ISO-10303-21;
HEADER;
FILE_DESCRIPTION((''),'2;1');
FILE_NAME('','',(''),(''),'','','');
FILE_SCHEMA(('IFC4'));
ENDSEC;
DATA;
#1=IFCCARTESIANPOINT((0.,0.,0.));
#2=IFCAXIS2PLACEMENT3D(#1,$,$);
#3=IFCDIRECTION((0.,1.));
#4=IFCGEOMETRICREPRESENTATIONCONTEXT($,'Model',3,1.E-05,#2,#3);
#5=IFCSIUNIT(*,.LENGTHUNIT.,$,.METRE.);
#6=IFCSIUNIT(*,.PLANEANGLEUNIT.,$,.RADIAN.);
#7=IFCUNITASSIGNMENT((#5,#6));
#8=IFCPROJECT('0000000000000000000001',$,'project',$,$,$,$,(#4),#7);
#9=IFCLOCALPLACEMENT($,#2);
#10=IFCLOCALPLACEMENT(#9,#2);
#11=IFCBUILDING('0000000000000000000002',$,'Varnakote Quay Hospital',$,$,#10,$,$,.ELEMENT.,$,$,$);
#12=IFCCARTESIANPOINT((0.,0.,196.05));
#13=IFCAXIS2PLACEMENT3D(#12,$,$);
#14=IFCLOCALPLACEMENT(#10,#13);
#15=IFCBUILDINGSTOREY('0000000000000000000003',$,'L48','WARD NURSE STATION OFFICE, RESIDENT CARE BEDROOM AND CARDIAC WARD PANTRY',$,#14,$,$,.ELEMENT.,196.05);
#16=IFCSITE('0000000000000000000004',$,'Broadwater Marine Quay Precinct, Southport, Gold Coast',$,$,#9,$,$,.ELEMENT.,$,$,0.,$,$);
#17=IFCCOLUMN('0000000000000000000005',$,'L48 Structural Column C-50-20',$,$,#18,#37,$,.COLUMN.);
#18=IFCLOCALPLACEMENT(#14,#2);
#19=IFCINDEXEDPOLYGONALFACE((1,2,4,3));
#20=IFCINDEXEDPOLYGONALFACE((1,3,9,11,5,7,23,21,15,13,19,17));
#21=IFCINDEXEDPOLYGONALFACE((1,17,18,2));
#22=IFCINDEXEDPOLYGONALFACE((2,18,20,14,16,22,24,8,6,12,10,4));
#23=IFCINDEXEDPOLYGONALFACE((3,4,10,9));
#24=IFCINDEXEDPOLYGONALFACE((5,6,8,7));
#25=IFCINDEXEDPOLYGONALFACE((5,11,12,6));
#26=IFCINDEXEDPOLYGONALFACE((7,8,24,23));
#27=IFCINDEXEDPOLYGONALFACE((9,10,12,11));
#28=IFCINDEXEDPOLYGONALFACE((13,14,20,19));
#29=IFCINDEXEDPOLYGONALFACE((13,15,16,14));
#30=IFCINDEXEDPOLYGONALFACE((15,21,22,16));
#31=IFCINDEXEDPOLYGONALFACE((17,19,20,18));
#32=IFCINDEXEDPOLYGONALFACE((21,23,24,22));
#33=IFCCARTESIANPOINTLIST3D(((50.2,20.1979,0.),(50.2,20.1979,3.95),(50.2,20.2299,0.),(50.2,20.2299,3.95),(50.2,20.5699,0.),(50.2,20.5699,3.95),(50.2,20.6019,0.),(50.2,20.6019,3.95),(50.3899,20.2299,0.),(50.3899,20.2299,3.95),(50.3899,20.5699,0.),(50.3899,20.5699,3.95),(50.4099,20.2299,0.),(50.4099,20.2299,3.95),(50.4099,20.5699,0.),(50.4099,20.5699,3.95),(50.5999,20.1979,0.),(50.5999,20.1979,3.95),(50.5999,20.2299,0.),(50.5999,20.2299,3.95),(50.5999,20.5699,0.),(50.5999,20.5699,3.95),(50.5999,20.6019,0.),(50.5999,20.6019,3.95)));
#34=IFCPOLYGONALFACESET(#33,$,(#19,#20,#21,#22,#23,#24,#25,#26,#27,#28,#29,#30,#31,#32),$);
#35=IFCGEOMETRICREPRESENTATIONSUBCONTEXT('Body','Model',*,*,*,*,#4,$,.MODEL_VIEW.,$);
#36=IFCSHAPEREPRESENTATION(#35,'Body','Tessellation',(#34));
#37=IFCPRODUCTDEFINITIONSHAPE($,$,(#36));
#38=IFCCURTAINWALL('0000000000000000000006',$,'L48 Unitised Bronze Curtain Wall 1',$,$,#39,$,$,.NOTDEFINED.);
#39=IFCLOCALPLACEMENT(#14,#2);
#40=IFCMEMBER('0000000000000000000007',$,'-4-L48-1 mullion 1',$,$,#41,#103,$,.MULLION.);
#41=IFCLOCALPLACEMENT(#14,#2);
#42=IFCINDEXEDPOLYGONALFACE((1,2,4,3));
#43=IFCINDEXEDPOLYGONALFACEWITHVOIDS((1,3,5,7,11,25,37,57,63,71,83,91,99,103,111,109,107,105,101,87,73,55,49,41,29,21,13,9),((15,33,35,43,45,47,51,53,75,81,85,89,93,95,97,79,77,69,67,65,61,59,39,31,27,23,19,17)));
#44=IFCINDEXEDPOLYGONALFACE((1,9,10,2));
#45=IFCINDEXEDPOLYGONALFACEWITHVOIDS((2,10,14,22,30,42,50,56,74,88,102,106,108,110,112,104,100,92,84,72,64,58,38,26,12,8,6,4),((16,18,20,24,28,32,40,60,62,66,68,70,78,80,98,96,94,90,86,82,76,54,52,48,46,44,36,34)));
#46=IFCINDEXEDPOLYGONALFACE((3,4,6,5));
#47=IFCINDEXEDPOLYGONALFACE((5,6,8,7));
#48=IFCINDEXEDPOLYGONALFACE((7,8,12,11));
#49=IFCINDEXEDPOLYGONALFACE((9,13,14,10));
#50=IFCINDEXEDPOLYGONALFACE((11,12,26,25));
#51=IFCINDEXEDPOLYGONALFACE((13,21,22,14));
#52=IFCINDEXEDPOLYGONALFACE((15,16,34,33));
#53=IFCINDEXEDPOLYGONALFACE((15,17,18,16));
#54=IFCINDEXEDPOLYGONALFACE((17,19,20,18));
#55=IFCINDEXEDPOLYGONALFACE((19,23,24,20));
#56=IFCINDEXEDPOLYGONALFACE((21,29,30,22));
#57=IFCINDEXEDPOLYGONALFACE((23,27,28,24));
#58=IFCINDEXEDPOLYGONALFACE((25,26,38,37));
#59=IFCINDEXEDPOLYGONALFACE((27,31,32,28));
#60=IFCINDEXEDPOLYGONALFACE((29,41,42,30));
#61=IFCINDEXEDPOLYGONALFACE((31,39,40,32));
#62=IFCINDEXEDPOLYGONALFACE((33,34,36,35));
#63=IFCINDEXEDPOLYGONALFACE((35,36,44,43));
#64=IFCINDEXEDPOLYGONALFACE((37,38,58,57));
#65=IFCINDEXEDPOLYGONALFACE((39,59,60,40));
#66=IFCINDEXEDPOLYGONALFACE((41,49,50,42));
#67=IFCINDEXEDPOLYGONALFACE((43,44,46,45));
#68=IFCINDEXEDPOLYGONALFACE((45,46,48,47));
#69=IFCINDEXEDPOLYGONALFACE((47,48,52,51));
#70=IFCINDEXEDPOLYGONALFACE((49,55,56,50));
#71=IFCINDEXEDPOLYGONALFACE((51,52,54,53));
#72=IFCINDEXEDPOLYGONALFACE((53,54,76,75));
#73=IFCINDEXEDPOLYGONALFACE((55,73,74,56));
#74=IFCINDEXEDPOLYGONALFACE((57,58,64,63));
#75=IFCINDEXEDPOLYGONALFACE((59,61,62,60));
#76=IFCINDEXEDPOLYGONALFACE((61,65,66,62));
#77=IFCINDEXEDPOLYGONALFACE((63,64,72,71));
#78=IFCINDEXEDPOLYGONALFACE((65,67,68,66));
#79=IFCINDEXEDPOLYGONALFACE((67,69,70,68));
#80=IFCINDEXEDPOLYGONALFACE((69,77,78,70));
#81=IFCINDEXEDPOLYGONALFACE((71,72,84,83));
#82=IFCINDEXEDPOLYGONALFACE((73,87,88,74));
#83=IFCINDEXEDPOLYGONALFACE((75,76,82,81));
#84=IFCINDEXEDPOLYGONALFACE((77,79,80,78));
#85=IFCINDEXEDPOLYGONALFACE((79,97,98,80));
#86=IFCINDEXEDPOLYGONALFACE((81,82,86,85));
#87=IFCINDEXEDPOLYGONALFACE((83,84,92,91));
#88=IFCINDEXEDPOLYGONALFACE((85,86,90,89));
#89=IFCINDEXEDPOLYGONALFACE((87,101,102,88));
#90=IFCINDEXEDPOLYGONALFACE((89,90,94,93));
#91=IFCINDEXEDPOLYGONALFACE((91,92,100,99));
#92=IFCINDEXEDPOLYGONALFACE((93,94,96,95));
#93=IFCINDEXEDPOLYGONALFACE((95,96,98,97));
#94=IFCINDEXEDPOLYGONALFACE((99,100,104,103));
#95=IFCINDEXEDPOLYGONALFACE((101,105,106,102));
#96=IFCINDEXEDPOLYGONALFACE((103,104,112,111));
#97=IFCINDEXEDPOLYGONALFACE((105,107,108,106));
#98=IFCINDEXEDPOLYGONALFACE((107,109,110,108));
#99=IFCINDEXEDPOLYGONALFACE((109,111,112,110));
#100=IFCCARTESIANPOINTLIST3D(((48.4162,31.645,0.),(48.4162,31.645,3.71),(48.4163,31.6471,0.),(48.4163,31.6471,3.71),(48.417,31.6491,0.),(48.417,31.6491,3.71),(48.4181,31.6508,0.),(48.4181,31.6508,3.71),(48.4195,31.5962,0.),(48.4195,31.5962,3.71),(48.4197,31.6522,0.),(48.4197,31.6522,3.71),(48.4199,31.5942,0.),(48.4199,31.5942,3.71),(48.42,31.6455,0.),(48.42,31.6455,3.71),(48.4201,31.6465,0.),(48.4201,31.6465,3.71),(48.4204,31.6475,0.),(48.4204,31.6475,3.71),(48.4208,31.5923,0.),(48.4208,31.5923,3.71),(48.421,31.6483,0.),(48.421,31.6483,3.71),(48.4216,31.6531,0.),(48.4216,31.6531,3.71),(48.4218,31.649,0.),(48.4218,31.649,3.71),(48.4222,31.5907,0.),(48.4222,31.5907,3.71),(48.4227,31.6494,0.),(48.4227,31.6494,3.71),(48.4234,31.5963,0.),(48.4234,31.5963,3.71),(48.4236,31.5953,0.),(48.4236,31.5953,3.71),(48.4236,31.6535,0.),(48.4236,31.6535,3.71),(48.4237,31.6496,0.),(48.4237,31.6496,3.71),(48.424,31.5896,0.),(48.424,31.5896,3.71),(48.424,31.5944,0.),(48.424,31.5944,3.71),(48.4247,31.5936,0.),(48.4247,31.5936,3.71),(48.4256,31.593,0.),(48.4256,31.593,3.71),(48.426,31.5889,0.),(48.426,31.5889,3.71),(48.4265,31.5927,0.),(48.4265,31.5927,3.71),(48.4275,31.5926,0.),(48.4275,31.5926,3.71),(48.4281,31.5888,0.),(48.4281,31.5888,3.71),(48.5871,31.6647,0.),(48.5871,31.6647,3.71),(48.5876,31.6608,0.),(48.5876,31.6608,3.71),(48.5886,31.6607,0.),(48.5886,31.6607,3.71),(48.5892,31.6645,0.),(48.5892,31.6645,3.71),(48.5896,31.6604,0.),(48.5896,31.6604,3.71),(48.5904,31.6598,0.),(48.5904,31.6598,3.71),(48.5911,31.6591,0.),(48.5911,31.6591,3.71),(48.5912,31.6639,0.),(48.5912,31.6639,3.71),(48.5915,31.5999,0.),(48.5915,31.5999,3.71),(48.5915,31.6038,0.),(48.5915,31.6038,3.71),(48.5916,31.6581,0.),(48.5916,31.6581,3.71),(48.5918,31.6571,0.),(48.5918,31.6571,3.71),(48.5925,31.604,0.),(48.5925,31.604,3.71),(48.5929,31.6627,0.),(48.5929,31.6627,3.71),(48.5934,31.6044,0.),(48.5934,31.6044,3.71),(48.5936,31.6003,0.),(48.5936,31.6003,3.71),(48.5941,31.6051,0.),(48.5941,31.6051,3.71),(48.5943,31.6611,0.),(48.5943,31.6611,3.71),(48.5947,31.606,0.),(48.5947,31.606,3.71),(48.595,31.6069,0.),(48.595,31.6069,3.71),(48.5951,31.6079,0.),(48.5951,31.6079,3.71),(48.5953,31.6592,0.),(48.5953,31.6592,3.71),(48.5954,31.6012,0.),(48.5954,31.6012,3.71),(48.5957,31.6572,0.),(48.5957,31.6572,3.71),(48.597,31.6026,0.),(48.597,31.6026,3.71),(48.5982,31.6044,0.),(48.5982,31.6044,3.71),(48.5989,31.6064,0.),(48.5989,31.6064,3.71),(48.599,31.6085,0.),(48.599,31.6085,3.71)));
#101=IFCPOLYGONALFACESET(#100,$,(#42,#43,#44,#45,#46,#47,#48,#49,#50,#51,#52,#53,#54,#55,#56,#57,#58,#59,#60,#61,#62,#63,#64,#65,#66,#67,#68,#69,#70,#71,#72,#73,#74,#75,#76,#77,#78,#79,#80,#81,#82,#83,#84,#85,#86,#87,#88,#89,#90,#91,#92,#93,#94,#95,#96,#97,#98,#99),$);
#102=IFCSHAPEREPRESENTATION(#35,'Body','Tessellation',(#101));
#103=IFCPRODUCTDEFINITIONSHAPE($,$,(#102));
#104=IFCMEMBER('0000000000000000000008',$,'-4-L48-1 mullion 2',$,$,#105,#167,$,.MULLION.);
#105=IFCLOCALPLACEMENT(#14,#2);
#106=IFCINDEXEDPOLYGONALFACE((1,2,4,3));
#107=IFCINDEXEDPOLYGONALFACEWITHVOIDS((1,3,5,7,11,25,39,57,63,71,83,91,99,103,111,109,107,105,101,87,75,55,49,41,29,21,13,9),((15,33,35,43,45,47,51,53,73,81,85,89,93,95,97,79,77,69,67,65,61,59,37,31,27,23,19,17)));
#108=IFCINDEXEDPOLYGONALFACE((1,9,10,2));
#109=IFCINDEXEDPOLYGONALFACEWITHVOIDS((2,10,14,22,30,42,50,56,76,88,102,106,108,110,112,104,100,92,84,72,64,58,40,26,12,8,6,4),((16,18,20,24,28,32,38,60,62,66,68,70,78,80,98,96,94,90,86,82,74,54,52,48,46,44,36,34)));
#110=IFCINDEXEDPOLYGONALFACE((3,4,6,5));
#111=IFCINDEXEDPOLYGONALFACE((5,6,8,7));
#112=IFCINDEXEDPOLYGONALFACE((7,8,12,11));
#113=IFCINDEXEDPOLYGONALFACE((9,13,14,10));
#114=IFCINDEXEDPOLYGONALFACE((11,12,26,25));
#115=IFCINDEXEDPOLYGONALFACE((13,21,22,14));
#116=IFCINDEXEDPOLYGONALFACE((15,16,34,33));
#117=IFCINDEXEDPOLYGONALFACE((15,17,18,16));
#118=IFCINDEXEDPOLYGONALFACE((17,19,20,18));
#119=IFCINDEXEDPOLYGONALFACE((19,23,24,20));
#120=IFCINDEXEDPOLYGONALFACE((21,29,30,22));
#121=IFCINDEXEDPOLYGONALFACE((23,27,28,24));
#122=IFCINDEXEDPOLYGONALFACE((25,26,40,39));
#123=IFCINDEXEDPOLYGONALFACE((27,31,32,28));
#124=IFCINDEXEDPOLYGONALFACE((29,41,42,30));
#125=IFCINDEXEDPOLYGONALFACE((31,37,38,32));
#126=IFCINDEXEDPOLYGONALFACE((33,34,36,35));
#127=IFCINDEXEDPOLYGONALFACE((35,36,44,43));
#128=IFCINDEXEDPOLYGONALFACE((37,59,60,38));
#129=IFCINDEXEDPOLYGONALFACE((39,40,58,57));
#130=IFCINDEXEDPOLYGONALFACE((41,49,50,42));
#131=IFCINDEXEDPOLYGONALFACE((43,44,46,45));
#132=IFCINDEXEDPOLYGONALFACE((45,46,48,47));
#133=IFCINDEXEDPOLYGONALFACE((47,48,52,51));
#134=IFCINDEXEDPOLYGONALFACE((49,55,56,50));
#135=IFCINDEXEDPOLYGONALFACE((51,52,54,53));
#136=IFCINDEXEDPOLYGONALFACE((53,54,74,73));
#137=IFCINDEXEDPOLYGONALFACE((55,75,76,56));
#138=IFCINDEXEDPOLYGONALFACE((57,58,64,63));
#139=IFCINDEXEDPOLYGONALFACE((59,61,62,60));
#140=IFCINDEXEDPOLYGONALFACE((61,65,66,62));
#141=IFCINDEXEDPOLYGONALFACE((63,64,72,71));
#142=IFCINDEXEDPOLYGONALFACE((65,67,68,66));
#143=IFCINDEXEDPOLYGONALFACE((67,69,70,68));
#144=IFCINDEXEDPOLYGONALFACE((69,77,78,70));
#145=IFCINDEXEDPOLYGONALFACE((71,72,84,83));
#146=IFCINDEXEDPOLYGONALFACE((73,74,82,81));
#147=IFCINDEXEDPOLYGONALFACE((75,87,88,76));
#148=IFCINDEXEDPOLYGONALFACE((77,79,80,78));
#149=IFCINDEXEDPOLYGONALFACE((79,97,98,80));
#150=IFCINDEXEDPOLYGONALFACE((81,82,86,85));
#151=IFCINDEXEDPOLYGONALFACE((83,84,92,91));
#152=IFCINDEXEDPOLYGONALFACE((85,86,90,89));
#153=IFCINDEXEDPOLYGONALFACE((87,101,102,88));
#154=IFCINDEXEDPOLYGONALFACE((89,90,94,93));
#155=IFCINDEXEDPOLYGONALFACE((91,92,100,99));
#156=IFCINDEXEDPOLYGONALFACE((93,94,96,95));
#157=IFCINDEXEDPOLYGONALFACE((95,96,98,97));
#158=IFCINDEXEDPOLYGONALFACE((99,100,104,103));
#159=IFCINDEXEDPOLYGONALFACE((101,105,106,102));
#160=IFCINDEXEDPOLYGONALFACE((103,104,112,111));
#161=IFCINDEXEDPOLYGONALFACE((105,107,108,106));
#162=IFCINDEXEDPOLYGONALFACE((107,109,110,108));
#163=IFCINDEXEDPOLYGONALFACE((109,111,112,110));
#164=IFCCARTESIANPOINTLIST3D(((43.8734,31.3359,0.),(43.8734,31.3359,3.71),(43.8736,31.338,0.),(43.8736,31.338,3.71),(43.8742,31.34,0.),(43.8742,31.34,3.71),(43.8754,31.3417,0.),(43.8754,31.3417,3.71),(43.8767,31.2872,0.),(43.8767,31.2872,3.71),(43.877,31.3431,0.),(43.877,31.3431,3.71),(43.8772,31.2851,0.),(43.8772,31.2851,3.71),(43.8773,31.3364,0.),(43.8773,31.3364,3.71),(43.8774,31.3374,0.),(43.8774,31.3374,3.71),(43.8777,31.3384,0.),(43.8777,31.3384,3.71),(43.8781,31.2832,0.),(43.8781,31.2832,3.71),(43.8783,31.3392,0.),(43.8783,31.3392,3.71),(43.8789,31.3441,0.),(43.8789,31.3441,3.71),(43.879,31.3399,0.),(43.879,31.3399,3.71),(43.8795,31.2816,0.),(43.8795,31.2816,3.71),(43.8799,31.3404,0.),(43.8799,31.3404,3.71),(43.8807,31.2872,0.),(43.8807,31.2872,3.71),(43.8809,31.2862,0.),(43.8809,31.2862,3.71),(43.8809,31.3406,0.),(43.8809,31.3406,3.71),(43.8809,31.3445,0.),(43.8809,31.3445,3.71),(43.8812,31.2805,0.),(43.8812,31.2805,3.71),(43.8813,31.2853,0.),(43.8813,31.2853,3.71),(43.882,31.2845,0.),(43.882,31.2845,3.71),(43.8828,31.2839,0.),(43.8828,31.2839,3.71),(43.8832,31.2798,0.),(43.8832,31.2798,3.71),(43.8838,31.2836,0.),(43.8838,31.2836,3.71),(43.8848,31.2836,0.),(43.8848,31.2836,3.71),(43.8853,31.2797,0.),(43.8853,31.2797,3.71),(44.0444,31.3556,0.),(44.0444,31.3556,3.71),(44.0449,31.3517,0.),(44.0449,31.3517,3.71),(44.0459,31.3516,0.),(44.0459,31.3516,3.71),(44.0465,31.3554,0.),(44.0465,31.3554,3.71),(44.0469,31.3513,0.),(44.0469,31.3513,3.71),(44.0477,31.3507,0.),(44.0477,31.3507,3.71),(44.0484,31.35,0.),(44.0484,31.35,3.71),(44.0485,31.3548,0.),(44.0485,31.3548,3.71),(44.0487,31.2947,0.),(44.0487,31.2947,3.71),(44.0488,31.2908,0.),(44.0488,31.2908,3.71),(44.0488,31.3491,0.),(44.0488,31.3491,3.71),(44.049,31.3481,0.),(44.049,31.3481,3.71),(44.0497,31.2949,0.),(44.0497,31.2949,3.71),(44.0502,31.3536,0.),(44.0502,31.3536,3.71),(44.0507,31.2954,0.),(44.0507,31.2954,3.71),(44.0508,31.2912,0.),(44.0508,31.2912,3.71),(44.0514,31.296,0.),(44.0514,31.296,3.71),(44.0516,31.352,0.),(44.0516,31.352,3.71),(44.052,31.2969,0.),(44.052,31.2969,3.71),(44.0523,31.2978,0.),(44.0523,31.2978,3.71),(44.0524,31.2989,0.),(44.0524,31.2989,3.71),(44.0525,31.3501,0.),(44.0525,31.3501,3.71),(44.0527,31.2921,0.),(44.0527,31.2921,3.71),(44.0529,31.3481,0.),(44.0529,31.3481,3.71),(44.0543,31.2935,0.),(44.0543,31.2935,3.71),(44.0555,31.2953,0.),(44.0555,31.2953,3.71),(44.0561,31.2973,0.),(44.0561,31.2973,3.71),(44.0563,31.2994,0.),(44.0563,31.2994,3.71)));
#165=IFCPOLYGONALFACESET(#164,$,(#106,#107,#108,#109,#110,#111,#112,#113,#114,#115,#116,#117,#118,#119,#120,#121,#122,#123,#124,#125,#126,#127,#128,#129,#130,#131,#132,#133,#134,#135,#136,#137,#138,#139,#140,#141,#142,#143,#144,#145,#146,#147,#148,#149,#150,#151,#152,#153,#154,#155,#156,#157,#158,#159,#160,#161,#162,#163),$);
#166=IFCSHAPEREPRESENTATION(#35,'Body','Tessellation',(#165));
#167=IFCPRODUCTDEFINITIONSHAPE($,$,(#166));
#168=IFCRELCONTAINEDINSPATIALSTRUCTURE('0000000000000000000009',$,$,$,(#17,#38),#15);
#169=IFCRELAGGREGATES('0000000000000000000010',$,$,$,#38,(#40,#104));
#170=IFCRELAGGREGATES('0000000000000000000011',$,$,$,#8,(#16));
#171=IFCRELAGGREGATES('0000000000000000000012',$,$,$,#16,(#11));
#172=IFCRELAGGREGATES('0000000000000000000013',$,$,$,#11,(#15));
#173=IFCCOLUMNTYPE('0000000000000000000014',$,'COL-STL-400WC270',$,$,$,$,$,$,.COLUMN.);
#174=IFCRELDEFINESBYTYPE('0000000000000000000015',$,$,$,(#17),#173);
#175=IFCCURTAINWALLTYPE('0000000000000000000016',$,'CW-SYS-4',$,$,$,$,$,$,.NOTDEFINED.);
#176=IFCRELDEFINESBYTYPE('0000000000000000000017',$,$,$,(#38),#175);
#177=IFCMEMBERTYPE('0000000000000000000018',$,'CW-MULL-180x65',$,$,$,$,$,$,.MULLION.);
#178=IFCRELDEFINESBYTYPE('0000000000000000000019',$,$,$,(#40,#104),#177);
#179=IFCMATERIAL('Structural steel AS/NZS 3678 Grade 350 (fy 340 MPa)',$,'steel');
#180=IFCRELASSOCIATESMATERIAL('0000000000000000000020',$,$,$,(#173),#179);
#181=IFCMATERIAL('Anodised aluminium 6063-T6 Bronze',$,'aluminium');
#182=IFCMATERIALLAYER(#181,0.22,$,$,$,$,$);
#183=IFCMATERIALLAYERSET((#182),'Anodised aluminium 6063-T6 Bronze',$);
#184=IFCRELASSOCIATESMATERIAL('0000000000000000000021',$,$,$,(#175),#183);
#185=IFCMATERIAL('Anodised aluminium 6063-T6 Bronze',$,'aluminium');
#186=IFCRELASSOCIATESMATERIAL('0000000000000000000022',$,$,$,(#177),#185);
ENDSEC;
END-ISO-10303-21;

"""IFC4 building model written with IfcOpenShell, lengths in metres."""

from ifc_helpers import new_model, si_unit, direction, frame, origin, origin_2d, place, context, subcontext, project, spatial, hollow_rectangle, i_section, extrude, material, layer, layer_set, material_profile, profile_set, type_object, element, aggregate, save


model = new_model("IFC4")

# Units and contexts
model_context = context("Model", 3, precision=1e-05, world=origin(), true_north=direction((0.0, 1.0)))
body_context = subcontext(model_context, "Body", "Model", "MODEL_VIEW")
ifc_project = project(units=[si_unit("LENGTHUNIT", "METRE"), si_unit("PLANEANGLEUNIT", "RADIAN")], contexts=[model_context])

# Site, building, storey
site_placement = place(None, origin())
site = spatial("IfcSite", under=ifc_project, at=site_placement, Name="Broadwater Marine Quay Precinct, Southport, Gold Coast", CompositionType="ELEMENT", RefElevation=0.0)
building_placement = place(site_placement, origin())
building = spatial("IfcBuilding", under=site, at=building_placement, Name="Varnakote Quay Hospital", CompositionType="ELEMENT")
storey_placement = place(building_placement, frame((0.0, 0.0, 196.05)))
storey = spatial("IfcBuildingStorey", under=building, at=storey_placement, Name="L48", Description="WARD NURSE STATION OFFICE, RESIDENT CARE BEDROOM AND CARDIAC WARD PANTRY", CompositionType="ELEMENT", Elevation=196.05)

# Column
ifc_material_1 = material(Name="Structural steel AS/NZS 3678 Grade 350 (fy 340 MPa)", Category="steel")
ifc_material_profile_1 = material_profile(ifc_material_1, i_section(OverallWidth=0.3999, OverallDepth=0.4041, WebThickness=0.02, FlangeThickness=0.032, at=origin_2d()), Name="400WC270")
ifc_profile_set_1 = profile_set([ifc_material_profile_1], Name="Structural steel AS/NZS 3678 Grade 350 (fy 340 MPa)")
column_type = type_object("IfcColumnType", Name="COL-STL-400WC270", PredefinedType="COLUMN", material=ifc_profile_set_1)
column_placement = place(storey_placement, frame((50.3999, 20.3999, 0.0), z_axis=(0.0, 0.0, 1.0), x_axis=(1.0, 0.0, 0.0)))
element("IfcColumn", 1, at=column_placement, inside=storey, type_object=column_type, Name="L48 Structural Column C-50-20", PredefinedType="COLUMN", context=body_context, shape_type="SweptSolid", body=[
    extrude(i_section(OverallWidth=0.3999, OverallDepth=0.4041, WebThickness=0.02, FlangeThickness=0.032, at=origin_2d()), origin(), (0.0, 0.0, 1.0), 3.95),
])

# Curtain wall, members
ifc_material_2 = material(Name="Anodised aluminium 6063-T6 Bronze", Category="aluminium")
ifc_layer_1 = layer(ifc_material_2, 0.22)
ifc_layer_set_1 = layer_set([ifc_layer_1], Name="Anodised aluminium 6063-T6 Bronze")
curtain_wall_type = type_object("IfcCurtainWallType", Name="CW-SYS-4", PredefinedType="NOTDEFINED", material=ifc_layer_set_1)
curtain_wall_placement = place(storey_placement, origin())
curtain_wall = element("IfcCurtainWall", 2, at=curtain_wall_placement, inside=storey, type_object=curtain_wall_type, Name="L48 Unitised Bronze Curtain Wall 1", PredefinedType="NOTDEFINED")
ifc_material_3 = material(Name="Anodised aluminium 6063-T6 Bronze", Category="aluminium")
ifc_material_profile_2 = material_profile(ifc_material_3, hollow_rectangle(XDim=0.0649, YDim=0.1799, WallThickness=0.0039, InnerFilletRadius=0.0039, OuterFilletRadius=0.0081, at=origin_2d()), Name="CW-MULL-180x65")
ifc_profile_set_2 = profile_set([ifc_material_profile_2], Name="Anodised aluminium 6063-T6 Bronze")
member_type_1 = type_object("IfcMemberType", Name="CW-MULL-180x65", PredefinedType="MULLION", material=ifc_profile_set_2)
member_1_placement = place(storey_placement, frame((48.5076, 31.6267, 0.0), z_axis=(0.0, 0.0, 1.0), x_axis=(0.067842, -0.997696, 0.0)))
member_1 = element("IfcMember", 3, at=member_1_placement, type_object=member_type_1, Name="-4-L48-1 mullion 1", PredefinedType="MULLION", context=body_context, shape_type="SweptSolid", body=[
    extrude(hollow_rectangle(XDim=0.0649, YDim=0.1799, WallThickness=0.0039, InnerFilletRadius=0.0039, OuterFilletRadius=0.0081, at=origin_2d()), origin(), (0.0, 0.0, 1.0), 3.71),
])
member_2_placement = place(storey_placement, frame((43.9648, 31.3176, 0.0), z_axis=(0.0, 0.0, 1.0), x_axis=(0.067842, -0.997696, 0.0)))
member_2 = element("IfcMember", 4, at=member_2_placement, type_object=member_type_1, Name="-4-L48-1 mullion 2", PredefinedType="MULLION", context=body_context, shape_type="SweptSolid", body=[
    extrude(hollow_rectangle(XDim=0.0649, YDim=0.1799, WallThickness=0.0039, InnerFilletRadius=0.0039, OuterFilletRadius=0.0081, at=origin_2d()), origin(), (0.0, 0.0, 1.0), 3.71),
])
aggregate(curtain_wall, [member_1, member_2])

save(model, "model.ifc")
